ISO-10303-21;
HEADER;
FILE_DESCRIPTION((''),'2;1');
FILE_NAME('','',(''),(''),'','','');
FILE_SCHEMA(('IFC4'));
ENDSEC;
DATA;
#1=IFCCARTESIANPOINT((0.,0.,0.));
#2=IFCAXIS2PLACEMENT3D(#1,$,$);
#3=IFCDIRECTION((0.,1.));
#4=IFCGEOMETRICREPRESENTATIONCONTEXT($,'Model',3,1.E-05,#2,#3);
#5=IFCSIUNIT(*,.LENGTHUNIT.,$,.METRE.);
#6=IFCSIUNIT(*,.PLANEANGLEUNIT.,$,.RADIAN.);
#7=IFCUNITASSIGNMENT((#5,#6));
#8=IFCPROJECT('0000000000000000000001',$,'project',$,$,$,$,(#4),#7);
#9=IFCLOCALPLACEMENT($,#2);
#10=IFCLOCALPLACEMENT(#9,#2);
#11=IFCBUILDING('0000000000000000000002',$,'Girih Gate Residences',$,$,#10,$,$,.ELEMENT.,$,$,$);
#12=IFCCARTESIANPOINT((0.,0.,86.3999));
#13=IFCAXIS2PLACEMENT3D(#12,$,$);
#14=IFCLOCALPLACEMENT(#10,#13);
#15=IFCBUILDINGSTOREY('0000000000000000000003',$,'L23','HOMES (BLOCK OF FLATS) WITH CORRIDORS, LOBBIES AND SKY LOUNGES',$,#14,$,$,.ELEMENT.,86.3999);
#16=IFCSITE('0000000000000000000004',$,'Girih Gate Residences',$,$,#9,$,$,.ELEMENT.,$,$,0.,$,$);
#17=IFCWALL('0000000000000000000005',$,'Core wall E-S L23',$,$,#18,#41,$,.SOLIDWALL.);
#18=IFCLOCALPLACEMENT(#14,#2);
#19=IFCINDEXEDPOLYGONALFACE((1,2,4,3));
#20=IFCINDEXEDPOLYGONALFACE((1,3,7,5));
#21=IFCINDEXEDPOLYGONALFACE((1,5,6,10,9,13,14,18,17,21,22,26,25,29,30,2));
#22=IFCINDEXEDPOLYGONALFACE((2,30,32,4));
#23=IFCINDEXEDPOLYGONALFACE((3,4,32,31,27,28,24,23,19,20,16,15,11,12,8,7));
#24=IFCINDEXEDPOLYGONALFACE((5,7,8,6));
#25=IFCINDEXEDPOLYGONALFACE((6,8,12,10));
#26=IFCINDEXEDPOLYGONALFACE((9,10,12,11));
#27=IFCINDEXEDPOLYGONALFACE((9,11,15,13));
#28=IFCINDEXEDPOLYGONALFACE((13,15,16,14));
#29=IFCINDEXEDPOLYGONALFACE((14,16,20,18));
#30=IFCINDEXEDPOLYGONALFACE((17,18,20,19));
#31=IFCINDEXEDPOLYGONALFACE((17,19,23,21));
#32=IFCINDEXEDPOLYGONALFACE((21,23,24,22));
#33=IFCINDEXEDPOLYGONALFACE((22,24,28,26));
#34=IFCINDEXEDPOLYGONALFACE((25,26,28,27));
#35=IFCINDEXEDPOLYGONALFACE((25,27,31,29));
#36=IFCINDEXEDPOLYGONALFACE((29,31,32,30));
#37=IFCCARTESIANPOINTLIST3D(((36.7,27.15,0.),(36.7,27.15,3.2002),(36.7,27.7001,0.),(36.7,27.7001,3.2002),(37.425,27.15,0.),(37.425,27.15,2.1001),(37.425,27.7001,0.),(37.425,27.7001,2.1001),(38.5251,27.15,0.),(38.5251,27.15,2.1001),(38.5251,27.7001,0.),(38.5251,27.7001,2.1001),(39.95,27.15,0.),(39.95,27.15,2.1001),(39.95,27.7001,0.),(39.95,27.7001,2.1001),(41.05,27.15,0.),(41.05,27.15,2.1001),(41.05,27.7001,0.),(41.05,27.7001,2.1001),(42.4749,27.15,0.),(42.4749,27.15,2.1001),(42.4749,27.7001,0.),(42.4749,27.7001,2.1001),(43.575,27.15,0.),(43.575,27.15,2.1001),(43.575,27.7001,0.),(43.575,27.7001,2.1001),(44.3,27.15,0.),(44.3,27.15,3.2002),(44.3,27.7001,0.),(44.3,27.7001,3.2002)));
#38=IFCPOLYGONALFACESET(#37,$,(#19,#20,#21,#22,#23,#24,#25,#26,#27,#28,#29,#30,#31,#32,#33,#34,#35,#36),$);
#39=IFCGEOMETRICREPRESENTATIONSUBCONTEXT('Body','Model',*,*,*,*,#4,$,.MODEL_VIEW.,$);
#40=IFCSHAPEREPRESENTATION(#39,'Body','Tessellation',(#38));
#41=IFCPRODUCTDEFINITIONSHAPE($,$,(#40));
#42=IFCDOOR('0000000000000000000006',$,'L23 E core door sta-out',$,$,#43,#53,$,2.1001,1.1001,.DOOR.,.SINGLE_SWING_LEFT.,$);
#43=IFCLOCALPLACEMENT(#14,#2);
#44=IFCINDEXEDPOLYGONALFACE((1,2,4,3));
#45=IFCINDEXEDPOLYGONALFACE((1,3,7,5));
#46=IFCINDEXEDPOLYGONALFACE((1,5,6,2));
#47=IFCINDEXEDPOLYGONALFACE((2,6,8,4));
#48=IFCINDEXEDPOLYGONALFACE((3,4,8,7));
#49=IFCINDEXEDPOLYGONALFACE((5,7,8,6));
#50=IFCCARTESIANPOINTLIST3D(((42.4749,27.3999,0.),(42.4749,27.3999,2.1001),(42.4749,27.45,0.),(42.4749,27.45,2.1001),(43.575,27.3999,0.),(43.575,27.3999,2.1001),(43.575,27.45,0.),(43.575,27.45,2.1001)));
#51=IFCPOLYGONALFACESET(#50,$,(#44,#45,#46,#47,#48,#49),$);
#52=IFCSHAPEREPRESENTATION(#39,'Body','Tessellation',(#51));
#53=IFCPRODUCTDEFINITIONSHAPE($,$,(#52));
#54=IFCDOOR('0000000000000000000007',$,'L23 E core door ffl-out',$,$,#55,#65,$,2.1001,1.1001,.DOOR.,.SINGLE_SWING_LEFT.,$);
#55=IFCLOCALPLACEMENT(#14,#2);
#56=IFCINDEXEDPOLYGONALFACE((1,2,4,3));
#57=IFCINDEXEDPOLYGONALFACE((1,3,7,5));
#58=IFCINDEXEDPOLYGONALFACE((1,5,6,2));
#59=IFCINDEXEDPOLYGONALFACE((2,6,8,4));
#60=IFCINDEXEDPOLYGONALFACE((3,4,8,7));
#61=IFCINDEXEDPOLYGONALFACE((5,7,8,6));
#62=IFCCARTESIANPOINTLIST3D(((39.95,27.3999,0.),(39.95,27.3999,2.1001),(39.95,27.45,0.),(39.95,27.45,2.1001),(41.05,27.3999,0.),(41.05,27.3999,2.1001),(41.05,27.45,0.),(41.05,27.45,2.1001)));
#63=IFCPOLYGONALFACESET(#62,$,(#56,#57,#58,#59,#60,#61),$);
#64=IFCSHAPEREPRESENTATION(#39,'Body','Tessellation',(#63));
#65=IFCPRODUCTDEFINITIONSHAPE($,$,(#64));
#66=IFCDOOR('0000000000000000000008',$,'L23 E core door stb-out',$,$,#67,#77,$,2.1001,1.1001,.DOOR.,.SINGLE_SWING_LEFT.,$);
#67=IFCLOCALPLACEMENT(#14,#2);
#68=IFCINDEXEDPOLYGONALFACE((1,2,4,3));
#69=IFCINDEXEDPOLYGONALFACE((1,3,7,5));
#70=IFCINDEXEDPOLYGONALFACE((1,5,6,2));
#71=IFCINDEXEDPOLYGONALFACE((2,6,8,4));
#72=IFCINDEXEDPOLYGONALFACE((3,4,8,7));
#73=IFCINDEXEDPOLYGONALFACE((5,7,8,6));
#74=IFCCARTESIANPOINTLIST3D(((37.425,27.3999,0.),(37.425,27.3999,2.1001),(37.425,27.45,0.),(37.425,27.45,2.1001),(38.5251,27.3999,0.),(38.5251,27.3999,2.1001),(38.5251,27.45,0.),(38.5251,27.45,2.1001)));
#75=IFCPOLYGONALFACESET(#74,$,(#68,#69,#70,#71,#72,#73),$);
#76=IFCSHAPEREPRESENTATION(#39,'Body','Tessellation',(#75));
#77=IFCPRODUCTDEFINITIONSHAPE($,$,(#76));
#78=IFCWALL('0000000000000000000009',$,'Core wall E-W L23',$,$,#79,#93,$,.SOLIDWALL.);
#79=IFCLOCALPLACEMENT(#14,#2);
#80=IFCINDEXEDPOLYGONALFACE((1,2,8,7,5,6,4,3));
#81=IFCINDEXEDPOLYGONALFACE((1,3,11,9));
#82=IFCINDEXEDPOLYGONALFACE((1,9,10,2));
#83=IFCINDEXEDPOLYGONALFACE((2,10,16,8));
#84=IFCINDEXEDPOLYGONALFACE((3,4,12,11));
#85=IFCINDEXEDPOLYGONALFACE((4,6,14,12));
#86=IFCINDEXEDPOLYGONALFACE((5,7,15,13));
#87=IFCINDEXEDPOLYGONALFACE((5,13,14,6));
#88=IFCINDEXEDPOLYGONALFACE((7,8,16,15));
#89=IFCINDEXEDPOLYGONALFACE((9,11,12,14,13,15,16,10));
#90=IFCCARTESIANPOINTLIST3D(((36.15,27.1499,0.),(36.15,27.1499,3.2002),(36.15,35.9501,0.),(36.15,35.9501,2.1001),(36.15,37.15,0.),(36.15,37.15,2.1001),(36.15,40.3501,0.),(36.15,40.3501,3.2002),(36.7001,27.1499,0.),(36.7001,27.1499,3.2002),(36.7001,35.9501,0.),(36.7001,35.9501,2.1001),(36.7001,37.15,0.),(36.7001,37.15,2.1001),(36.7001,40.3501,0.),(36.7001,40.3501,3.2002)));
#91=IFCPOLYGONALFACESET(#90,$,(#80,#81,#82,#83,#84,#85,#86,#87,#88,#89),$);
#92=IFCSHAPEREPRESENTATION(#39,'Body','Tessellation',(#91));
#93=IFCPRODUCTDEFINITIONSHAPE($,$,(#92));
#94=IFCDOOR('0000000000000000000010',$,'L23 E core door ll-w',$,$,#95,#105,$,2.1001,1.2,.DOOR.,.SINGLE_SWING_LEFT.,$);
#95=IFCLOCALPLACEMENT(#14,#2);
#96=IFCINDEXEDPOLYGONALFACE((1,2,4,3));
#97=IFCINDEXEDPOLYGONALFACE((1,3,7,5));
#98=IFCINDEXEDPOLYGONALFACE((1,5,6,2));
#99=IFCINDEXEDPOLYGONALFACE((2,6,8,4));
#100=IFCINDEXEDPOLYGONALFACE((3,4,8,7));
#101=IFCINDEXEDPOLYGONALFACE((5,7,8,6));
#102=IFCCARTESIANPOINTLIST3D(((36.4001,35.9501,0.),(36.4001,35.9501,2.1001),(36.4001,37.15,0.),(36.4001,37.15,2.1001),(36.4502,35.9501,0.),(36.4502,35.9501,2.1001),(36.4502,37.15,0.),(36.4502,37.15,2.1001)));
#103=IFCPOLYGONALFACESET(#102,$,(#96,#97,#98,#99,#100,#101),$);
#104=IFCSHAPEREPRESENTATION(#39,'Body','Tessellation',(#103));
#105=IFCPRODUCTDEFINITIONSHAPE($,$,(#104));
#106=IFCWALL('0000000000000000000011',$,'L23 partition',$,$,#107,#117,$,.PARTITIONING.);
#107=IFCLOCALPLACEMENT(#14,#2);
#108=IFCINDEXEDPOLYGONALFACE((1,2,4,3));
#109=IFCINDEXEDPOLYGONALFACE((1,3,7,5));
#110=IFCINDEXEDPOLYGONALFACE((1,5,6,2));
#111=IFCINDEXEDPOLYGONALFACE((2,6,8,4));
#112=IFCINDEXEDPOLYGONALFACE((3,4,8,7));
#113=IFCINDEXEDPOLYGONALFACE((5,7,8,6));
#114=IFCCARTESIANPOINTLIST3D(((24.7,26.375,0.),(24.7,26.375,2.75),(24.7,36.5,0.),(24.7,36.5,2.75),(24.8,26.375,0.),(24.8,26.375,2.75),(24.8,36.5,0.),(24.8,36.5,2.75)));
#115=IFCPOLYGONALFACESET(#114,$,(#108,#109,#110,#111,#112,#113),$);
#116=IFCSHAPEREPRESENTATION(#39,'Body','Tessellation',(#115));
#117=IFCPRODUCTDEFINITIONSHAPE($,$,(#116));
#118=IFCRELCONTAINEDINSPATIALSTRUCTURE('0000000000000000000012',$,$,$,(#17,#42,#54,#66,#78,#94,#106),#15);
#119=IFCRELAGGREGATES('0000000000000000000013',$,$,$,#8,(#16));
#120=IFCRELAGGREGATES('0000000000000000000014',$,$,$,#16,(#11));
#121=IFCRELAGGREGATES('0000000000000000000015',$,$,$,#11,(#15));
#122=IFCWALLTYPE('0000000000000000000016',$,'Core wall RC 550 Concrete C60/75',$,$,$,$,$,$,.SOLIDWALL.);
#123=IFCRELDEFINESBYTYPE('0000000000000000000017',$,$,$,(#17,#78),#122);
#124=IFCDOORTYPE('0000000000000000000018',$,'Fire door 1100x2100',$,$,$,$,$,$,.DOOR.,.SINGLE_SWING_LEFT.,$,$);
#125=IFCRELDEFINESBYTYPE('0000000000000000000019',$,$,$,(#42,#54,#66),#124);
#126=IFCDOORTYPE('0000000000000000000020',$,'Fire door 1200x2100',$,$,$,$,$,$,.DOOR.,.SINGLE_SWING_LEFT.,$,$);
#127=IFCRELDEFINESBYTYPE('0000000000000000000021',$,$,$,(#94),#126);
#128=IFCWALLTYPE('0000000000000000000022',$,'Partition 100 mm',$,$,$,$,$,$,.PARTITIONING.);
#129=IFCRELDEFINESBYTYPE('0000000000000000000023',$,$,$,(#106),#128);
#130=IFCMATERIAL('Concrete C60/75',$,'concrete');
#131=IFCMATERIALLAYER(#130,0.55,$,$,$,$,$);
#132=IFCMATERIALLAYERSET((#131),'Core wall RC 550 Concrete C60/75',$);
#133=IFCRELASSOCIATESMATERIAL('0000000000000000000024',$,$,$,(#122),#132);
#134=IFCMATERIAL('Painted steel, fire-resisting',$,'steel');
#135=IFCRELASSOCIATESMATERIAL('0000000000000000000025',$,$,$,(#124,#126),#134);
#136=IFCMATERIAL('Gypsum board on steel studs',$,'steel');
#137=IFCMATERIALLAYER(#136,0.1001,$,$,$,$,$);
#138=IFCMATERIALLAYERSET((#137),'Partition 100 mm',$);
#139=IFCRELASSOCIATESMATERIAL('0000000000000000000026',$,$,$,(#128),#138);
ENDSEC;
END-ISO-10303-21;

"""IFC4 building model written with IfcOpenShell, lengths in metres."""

from ifc_helpers import new_model, si_unit, direction, frame, frame_2d, origin, place, context, subcontext, project, spatial, rectangle, extrude, material, layer, layer_set, type_object, element, fill, save


model = new_model("IFC4")

# Units and contexts
model_context = context("Model", 3, precision=1e-05, world=origin(), true_north=direction((0.0, 1.0)))
body_context = subcontext(model_context, "Body", "Model", "MODEL_VIEW")
ifc_project = project(units=[si_unit("LENGTHUNIT", "METRE"), si_unit("PLANEANGLEUNIT", "RADIAN")], contexts=[model_context])

# Site, building, storey
site_placement = place(None, origin())
site = spatial("IfcSite", under=ifc_project, at=site_placement, Name="Girih Gate Residences", CompositionType="ELEMENT", RefElevation=0.0)
building_placement = place(site_placement, origin())
building = spatial("IfcBuilding", under=site, at=building_placement, Name="Girih Gate Residences", CompositionType="ELEMENT")
storey_placement = place(building_placement, frame((0.0, 0.0, 86.3999)))
storey = spatial("IfcBuildingStorey", under=building, at=storey_placement, Name="L23", Description="HOMES (BLOCK OF FLATS) WITH CORRIDORS, LOBBIES AND SKY LOUNGES", CompositionType="ELEMENT", Elevation=86.3999)

# Shared definitions
ifc_material_1 = material(Name="Concrete C60/75", Category="concrete")

# Shared definitions
ifc_material_2 = material(Name="Gypsum board on steel studs", Category="steel")

# Wall, openings, doors
ifc_layer_1 = layer(ifc_material_1, 0.55)
ifc_layer_set_1 = layer_set([ifc_layer_1], Name="Core wall RC 550 Concrete C60/75")
wall_type_1 = type_object("IfcWallType", Name="Core wall RC 550 Concrete C60/75", PredefinedType="SOLIDWALL", material=ifc_layer_set_1)
wall_1_placement = place(storey_placement, frame((36.7, 27.425, 0.0), z_axis=(0.0, 0.0, 1.0), x_axis=(1.0, 0.0, 0.0)))
wall_1 = element("IfcWall", 1, at=wall_1_placement, inside=storey, type_object=wall_type_1, Name="Core wall E-S L23", PredefinedType="SOLIDWALL", context=body_context, shape_type="SweptSolid", body=[
    extrude(rectangle(XDim=7.6001, YDim=0.55, at=frame_2d((3.8, 0.0))), origin(), (0.0, 0.0, 1.0), 3.2002),
])
opening_1_placement = place(wall_1_placement, frame((5.7749, 0.0, 0.0)))
opening_1 = element("IfcOpeningElement", 2, at=opening_1_placement, cuts=wall_1, PredefinedType="OPENING", context=body_context, shape_type="SweptSolid", body=[
    extrude(rectangle(XDim=1.1001, YDim=2.1001, at=frame_2d((0.55, 1.05))), frame((0.0, 0.2849, 0.0), z_axis=(0.0, -1.0, 0.0), x_axis=(1.0, 0.0, 0.0)), (0.0, 0.0, 1.0), 0.5701),
])
opening_2_placement = place(wall_1_placement, frame((3.25, 0.0, 0.0)))
opening_2 = element("IfcOpeningElement", 3, at=opening_2_placement, cuts=wall_1, PredefinedType="OPENING", context=body_context, shape_type="SweptSolid", body=[
    extrude(rectangle(XDim=1.1001, YDim=2.1001, at=frame_2d((0.55, 1.05))), frame((0.0, 0.2849, 0.0), z_axis=(0.0, -1.0, 0.0), x_axis=(1.0, 0.0, 0.0)), (0.0, 0.0, 1.0), 0.5701),
])
opening_3_placement = place(wall_1_placement, frame((0.7251, 0.0, 0.0)))
opening_3 = element("IfcOpeningElement", 4, at=opening_3_placement, cuts=wall_1, PredefinedType="OPENING", context=body_context, shape_type="SweptSolid", body=[
    extrude(rectangle(XDim=1.1001, YDim=2.1001, at=frame_2d((0.55, 1.05))), frame((0.0, 0.2849, 0.0), z_axis=(0.0, -1.0, 0.0), x_axis=(1.0, 0.0, 0.0)), (0.0, 0.0, 1.0), 0.5701),
])
ifc_material_3 = material(Name="Painted steel, fire-resisting", Category="steel")
door_type_1 = type_object("IfcDoorType", Name="Fire door 1100x2100", OperationType="SINGLE_SWING_LEFT", PredefinedType="DOOR", material=ifc_material_3)
door_1_placement = place(opening_1_placement, origin())
door_1 = element("IfcDoor", 5, at=door_1_placement, inside=storey, type_object=door_type_1, Name="L23 E core door sta-out", OperationType="SINGLE_SWING_LEFT", OverallHeight=2.1001, OverallWidth=1.1001, PredefinedType="DOOR", context=body_context, shape_type="SweptSolid", body=[
    extrude(rectangle(XDim=1.1001, YDim=2.1001, at=frame_2d((0.55, 1.05))), frame((0.0, 0.0249, 0.0), z_axis=(0.0, -1.0, 0.0), x_axis=(1.0, 0.0, 0.0)), (0.0, 0.0, 1.0), 0.05),
])
fill(opening_1, door_1)
door_2_placement = place(opening_2_placement, origin())
door_2 = element("IfcDoor", 6, at=door_2_placement, inside=storey, type_object=door_type_1, Name="L23 E core door ffl-out", OperationType="SINGLE_SWING_LEFT", OverallHeight=2.1001, OverallWidth=1.1001, PredefinedType="DOOR", context=body_context, shape_type="SweptSolid", body=[
    extrude(rectangle(XDim=1.1001, YDim=2.1001, at=frame_2d((0.55, 1.05))), frame((0.0, 0.0249, 0.0), z_axis=(0.0, -1.0, 0.0), x_axis=(1.0, 0.0, 0.0)), (0.0, 0.0, 1.0), 0.05),
])
fill(opening_2, door_2)
door_3_placement = place(opening_3_placement, origin())
door_3 = element("IfcDoor", 7, at=door_3_placement, inside=storey, type_object=door_type_1, Name="L23 E core door stb-out", OperationType="SINGLE_SWING_LEFT", OverallHeight=2.1001, OverallWidth=1.1001, PredefinedType="DOOR", context=body_context, shape_type="SweptSolid", body=[
    extrude(rectangle(XDim=1.1001, YDim=2.1001, at=frame_2d((0.55, 1.05))), frame((0.0, 0.0249, 0.0), z_axis=(0.0, -1.0, 0.0), x_axis=(1.0, 0.0, 0.0)), (0.0, 0.0, 1.0), 0.05),
])
fill(opening_3, door_3)

# Wall, opening, door
wall_2_placement = place(storey_placement, frame((36.425, 27.1499, 0.0), z_axis=(0.0, 0.0, 1.0), x_axis=(0.0, 1.0, 0.0)))
wall_2 = element("IfcWall", 8, at=wall_2_placement, inside=storey, type_object=wall_type_1, Name="Core wall E-W L23", PredefinedType="SOLIDWALL", context=body_context, shape_type="SweptSolid", body=[
    extrude(rectangle(XDim=13.2002, YDim=0.55, at=frame_2d((6.6001, 0.0))), origin(), (0.0, 0.0, 1.0), 3.2002),
])
opening_4_placement = place(wall_2_placement, frame((8.8, 0.0, 0.0)))
opening_4 = element("IfcOpeningElement", 9, at=opening_4_placement, cuts=wall_2, PredefinedType="OPENING", context=body_context, shape_type="SweptSolid", body=[
    extrude(rectangle(XDim=1.2, YDim=2.1001, at=frame_2d((0.6001, 1.05))), frame((0.0, 0.2849, 0.0), z_axis=(0.0, -1.0, 0.0), x_axis=(1.0, 0.0, 0.0)), (0.0, 0.0, 1.0), 0.5701),
])
door_type_2 = type_object("IfcDoorType", Name="Fire door 1200x2100", OperationType="SINGLE_SWING_LEFT", PredefinedType="DOOR", material=ifc_material_3)
door_4_placement = place(opening_4_placement, origin())
door_4 = element("IfcDoor", 10, at=door_4_placement, inside=storey, type_object=door_type_2, Name="L23 E core door ll-w", OperationType="SINGLE_SWING_LEFT", OverallHeight=2.1001, OverallWidth=1.2, PredefinedType="DOOR", context=body_context, shape_type="SweptSolid", body=[
    extrude(rectangle(XDim=1.2, YDim=2.1001, at=frame_2d((0.6001, 1.05))), frame((0.0, 0.0249, 0.0), z_axis=(0.0, -1.0, 0.0), x_axis=(1.0, 0.0, 0.0)), (0.0, 0.0, 1.0), 0.05),
])
fill(opening_4, door_4)

# Wall
ifc_layer_2 = layer(ifc_material_2, 0.1001)
ifc_layer_set_2 = layer_set([ifc_layer_2], Name="Partition 100 mm")
wall_type_2 = type_object("IfcWallType", Name="Partition 100 mm", PredefinedType="PARTITIONING", material=ifc_layer_set_2)
wall_3_placement = place(storey_placement, frame((24.75, 26.375, 0.0), z_axis=(0.0, 0.0, 1.0), x_axis=(0.0, 1.0, 0.0)))
element("IfcWall", 11, at=wall_3_placement, inside=storey, type_object=wall_type_2, Name="L23 partition", PredefinedType="PARTITIONING", context=body_context, shape_type="SweptSolid", body=[
    extrude(rectangle(XDim=10.125, YDim=0.1001, at=frame_2d((5.0625, 0.0))), origin(), (0.0, 0.0, 1.0), 2.75),
])

save(model, "model.ifc")
